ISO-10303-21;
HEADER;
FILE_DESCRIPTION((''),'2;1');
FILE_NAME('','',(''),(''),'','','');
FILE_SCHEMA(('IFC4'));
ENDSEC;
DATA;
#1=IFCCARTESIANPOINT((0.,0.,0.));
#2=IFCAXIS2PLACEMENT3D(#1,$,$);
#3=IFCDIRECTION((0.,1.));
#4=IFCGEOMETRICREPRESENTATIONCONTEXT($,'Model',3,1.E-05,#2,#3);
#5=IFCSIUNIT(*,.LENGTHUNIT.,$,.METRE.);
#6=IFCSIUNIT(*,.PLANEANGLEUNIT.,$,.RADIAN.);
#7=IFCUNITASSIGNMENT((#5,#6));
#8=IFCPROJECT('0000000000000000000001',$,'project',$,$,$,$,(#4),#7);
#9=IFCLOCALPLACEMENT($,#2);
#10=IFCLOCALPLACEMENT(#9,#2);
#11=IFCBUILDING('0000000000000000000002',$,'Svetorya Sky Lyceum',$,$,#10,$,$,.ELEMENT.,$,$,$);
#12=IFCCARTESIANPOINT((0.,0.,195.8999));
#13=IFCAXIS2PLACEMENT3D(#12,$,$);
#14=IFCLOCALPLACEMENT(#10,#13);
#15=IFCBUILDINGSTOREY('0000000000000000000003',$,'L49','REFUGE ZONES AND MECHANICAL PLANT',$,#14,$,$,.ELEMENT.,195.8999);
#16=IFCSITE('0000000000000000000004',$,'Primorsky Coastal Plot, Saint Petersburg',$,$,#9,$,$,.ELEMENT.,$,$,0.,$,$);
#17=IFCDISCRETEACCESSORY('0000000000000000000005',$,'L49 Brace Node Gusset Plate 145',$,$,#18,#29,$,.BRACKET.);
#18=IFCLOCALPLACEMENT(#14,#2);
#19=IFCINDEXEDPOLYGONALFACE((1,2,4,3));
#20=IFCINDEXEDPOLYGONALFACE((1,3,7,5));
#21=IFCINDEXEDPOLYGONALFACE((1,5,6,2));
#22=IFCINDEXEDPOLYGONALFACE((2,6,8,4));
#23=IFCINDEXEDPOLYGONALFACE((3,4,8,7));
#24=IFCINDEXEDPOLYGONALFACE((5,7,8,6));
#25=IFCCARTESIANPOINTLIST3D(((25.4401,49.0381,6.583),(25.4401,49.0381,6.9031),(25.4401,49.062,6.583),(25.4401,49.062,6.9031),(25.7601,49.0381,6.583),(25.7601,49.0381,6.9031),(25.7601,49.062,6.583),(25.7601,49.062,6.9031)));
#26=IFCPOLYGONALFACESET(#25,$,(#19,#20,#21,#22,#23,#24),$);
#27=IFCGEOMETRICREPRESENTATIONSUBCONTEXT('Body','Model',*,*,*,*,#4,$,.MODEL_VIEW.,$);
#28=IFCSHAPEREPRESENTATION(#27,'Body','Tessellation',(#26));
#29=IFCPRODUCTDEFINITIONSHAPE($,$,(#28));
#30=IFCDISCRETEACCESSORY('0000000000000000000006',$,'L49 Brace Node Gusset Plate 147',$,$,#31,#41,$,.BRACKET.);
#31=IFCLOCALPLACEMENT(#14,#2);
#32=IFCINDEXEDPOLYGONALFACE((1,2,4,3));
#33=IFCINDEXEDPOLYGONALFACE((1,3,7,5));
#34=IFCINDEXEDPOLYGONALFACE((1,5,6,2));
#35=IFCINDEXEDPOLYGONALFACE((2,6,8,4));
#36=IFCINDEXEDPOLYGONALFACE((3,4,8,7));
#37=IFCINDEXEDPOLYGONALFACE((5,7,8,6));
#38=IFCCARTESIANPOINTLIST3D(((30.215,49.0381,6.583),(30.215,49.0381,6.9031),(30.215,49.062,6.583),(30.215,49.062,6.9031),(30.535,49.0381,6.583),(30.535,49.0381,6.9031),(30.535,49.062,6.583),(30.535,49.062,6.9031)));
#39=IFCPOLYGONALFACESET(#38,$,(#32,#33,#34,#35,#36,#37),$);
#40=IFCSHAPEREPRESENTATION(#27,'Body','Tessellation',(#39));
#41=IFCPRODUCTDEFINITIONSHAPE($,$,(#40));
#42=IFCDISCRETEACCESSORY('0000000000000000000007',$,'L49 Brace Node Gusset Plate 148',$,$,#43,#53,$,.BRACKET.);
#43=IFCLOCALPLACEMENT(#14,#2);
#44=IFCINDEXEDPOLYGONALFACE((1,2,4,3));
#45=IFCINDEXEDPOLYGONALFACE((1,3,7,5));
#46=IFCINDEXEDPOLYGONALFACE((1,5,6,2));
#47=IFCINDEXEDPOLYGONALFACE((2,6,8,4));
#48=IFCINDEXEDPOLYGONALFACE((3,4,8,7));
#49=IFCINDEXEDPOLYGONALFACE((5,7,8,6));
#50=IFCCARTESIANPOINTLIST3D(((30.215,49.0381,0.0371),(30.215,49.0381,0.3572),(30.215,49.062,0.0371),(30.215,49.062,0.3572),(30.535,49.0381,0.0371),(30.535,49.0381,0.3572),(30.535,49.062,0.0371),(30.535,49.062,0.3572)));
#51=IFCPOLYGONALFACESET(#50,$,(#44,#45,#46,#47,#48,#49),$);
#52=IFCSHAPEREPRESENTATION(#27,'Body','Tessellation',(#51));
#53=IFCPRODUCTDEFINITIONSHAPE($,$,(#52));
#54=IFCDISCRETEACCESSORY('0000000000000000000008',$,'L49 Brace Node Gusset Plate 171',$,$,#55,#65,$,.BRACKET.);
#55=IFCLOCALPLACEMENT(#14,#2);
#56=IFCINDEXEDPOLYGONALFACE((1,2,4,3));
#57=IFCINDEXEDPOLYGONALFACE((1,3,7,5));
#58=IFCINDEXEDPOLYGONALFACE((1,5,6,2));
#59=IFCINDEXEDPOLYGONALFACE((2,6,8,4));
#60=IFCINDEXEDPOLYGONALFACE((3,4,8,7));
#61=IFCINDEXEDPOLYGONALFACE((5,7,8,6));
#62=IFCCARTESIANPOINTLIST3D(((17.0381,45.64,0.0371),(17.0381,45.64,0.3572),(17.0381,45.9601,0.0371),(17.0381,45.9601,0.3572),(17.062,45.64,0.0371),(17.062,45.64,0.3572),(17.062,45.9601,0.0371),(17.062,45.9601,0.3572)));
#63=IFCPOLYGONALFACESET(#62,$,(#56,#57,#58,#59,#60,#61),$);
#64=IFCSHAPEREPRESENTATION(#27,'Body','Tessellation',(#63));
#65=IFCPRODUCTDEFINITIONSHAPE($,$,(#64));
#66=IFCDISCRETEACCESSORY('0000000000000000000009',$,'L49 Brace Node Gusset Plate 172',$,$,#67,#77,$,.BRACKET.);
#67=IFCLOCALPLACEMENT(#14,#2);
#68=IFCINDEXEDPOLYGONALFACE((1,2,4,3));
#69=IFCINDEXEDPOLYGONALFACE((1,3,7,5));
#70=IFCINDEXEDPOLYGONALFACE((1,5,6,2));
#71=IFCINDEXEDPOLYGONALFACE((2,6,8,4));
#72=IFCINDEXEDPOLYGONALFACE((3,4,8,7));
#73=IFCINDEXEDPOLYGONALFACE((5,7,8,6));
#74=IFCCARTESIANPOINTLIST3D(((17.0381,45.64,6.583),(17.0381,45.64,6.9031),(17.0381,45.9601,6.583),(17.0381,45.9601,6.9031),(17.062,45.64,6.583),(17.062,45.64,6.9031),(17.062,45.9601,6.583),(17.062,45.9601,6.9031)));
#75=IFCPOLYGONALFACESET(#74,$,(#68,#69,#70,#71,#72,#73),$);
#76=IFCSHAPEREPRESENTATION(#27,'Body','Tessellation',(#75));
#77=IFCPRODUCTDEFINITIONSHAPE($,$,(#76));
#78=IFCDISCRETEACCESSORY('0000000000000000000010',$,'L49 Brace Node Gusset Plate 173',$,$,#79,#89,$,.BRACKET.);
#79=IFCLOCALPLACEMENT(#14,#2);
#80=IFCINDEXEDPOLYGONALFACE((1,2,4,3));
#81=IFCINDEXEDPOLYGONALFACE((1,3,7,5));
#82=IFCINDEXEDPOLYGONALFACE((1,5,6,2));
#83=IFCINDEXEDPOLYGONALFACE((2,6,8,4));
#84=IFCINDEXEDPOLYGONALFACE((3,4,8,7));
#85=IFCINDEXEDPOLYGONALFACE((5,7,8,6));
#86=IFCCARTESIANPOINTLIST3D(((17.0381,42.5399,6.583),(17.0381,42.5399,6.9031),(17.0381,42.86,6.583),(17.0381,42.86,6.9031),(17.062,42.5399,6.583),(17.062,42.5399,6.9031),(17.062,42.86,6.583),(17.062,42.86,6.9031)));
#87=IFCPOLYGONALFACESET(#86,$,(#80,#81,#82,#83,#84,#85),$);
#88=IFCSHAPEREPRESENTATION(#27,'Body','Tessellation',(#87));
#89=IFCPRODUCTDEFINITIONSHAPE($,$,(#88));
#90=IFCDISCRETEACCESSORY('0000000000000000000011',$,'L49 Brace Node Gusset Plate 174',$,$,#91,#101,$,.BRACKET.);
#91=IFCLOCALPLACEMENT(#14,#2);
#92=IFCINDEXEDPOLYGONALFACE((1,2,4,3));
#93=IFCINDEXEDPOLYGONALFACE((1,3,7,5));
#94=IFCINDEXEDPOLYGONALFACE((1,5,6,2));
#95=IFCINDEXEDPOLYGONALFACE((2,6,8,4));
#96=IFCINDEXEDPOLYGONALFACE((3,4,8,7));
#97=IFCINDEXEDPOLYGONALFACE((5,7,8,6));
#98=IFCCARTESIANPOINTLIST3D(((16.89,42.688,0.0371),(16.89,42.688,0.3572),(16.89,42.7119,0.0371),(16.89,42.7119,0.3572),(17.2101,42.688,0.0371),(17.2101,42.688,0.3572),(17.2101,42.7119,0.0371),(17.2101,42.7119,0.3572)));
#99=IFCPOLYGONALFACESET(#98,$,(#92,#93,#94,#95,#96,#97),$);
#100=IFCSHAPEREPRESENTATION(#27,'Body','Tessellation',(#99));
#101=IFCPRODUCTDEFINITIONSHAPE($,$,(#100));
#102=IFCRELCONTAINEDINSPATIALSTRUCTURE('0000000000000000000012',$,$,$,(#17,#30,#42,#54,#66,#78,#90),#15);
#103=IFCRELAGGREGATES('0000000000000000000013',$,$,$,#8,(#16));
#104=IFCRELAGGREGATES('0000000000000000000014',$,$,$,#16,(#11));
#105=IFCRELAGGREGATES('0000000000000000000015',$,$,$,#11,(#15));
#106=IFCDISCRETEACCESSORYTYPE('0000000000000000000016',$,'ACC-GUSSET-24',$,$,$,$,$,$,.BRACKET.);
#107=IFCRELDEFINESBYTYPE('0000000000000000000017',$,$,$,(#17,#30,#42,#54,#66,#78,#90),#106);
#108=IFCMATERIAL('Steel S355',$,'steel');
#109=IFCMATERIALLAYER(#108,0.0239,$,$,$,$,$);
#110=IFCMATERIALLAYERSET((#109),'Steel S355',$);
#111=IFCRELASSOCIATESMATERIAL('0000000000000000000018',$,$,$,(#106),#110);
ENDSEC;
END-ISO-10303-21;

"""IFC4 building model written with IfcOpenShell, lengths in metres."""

from ifc_helpers import new_model, si_unit, direction, frame, origin, origin_2d, place, context, subcontext, project, spatial, rectangle, extrude, material, layer, layer_set, type_object, element, save


model = new_model("IFC4")

# Units and contexts
model_context = context("Model", 3, precision=1e-05, world=origin(), true_north=direction((0.0, 1.0)))
body_context = subcontext(model_context, "Body", "Model", "MODEL_VIEW")
ifc_project = project(units=[si_unit("LENGTHUNIT", "METRE"), si_unit("PLANEANGLEUNIT", "RADIAN")], contexts=[model_context])

# Site, building, storey
site_placement = place(None, origin())
site = spatial("IfcSite", under=ifc_project, at=site_placement, Name="Primorsky Coastal Plot, Saint Petersburg", CompositionType="ELEMENT", RefElevation=0.0)
building_placement = place(site_placement, origin())
building = spatial("IfcBuilding", under=site, at=building_placement, Name="Svetorya Sky Lyceum", CompositionType="ELEMENT")
storey_placement = place(building_placement, frame((0.0, 0.0, 195.8999)))
storey = spatial("IfcBuildingStorey", under=building, at=storey_placement, Name="L49", Description="REFUGE ZONES AND MECHANICAL PLANT", CompositionType="ELEMENT", Elevation=195.8999)

# Shared definitions
ifc_material_1 = material(Name="Steel S355", Category="steel")

# Discrete accessories
ifc_layer_1 = layer(ifc_material_1, 0.0239)
ifc_layer_set_1 = layer_set([ifc_layer_1], Name="Steel S355")
discrete_accessory_type = type_object("IfcDiscreteAccessoryType", Name="ACC-GUSSET-24", PredefinedType="BRACKET", material=ifc_layer_set_1)
for number, where, z_axis, x_axis, name in (
    (1, (25.6001, 49.05, 6.583), (0.0, 0.0, 1.0), (1.0, 0.0, 0.0), "L49 Brace Node Gusset Plate 145"),
    (2, (30.375, 49.05, 6.583), (0.0, 0.0, 1.0), (1.0, 0.0, 0.0), "L49 Brace Node Gusset Plate 147"),
    (3, (30.375, 49.05, 0.0371), (0.0, 0.0, 1.0), (1.0, 0.0, 0.0), "L49 Brace Node Gusset Plate 148"),
):
    element("IfcDiscreteAccessory", number, at=place(storey_placement, frame(where, z_axis=z_axis, x_axis=x_axis)), inside=storey, type_object=discrete_accessory_type, Name=name, PredefinedType="BRACKET", context=body_context, shape_type="SweptSolid", body=[
        extrude(rectangle(XDim=0.3201, YDim=0.0239, at=origin_2d()), origin(), (0.0, 0.0, 1.0), 0.3201),
    ])
for number, where, z_axis, x_axis, name in (
    (4, (17.05, 45.8, 0.0371), (0.0, 0.0, 1.0), (1.0, 0.0, 0.0), "L49 Brace Node Gusset Plate 171"),
    (5, (17.05, 45.8, 6.583), (0.0, 0.0, 1.0), (1.0, 0.0, 0.0), "L49 Brace Node Gusset Plate 172"),
    (6, (17.05, 42.7, 6.583), (0.0, 0.0, 1.0), (1.0, 0.0, 0.0), "L49 Brace Node Gusset Plate 173"),
):
    element("IfcDiscreteAccessory", number, at=place(storey_placement, frame(where, z_axis=z_axis, x_axis=x_axis)), inside=storey, type_object=discrete_accessory_type, Name=name, PredefinedType="BRACKET", context=body_context, shape_type="SweptSolid", body=[
        extrude(rectangle(XDim=0.0239, YDim=0.3201, at=origin_2d()), origin(), (0.0, 0.0, 1.0), 0.3201),
    ])
discrete_accessory_placement = place(storey_placement, frame((17.05, 42.7, 0.0371), z_axis=(0.0, 0.0, 1.0), x_axis=(1.0, 0.0, 0.0)))
element("IfcDiscreteAccessory", 7, at=discrete_accessory_placement, inside=storey, type_object=discrete_accessory_type, Name="L49 Brace Node Gusset Plate 174", PredefinedType="BRACKET", context=body_context, shape_type="SweptSolid", body=[
    extrude(rectangle(XDim=0.3201, YDim=0.0239, at=origin_2d()), origin(), (0.0, 0.0, 1.0), 0.3201),
])

save(model, "model.ifc")
